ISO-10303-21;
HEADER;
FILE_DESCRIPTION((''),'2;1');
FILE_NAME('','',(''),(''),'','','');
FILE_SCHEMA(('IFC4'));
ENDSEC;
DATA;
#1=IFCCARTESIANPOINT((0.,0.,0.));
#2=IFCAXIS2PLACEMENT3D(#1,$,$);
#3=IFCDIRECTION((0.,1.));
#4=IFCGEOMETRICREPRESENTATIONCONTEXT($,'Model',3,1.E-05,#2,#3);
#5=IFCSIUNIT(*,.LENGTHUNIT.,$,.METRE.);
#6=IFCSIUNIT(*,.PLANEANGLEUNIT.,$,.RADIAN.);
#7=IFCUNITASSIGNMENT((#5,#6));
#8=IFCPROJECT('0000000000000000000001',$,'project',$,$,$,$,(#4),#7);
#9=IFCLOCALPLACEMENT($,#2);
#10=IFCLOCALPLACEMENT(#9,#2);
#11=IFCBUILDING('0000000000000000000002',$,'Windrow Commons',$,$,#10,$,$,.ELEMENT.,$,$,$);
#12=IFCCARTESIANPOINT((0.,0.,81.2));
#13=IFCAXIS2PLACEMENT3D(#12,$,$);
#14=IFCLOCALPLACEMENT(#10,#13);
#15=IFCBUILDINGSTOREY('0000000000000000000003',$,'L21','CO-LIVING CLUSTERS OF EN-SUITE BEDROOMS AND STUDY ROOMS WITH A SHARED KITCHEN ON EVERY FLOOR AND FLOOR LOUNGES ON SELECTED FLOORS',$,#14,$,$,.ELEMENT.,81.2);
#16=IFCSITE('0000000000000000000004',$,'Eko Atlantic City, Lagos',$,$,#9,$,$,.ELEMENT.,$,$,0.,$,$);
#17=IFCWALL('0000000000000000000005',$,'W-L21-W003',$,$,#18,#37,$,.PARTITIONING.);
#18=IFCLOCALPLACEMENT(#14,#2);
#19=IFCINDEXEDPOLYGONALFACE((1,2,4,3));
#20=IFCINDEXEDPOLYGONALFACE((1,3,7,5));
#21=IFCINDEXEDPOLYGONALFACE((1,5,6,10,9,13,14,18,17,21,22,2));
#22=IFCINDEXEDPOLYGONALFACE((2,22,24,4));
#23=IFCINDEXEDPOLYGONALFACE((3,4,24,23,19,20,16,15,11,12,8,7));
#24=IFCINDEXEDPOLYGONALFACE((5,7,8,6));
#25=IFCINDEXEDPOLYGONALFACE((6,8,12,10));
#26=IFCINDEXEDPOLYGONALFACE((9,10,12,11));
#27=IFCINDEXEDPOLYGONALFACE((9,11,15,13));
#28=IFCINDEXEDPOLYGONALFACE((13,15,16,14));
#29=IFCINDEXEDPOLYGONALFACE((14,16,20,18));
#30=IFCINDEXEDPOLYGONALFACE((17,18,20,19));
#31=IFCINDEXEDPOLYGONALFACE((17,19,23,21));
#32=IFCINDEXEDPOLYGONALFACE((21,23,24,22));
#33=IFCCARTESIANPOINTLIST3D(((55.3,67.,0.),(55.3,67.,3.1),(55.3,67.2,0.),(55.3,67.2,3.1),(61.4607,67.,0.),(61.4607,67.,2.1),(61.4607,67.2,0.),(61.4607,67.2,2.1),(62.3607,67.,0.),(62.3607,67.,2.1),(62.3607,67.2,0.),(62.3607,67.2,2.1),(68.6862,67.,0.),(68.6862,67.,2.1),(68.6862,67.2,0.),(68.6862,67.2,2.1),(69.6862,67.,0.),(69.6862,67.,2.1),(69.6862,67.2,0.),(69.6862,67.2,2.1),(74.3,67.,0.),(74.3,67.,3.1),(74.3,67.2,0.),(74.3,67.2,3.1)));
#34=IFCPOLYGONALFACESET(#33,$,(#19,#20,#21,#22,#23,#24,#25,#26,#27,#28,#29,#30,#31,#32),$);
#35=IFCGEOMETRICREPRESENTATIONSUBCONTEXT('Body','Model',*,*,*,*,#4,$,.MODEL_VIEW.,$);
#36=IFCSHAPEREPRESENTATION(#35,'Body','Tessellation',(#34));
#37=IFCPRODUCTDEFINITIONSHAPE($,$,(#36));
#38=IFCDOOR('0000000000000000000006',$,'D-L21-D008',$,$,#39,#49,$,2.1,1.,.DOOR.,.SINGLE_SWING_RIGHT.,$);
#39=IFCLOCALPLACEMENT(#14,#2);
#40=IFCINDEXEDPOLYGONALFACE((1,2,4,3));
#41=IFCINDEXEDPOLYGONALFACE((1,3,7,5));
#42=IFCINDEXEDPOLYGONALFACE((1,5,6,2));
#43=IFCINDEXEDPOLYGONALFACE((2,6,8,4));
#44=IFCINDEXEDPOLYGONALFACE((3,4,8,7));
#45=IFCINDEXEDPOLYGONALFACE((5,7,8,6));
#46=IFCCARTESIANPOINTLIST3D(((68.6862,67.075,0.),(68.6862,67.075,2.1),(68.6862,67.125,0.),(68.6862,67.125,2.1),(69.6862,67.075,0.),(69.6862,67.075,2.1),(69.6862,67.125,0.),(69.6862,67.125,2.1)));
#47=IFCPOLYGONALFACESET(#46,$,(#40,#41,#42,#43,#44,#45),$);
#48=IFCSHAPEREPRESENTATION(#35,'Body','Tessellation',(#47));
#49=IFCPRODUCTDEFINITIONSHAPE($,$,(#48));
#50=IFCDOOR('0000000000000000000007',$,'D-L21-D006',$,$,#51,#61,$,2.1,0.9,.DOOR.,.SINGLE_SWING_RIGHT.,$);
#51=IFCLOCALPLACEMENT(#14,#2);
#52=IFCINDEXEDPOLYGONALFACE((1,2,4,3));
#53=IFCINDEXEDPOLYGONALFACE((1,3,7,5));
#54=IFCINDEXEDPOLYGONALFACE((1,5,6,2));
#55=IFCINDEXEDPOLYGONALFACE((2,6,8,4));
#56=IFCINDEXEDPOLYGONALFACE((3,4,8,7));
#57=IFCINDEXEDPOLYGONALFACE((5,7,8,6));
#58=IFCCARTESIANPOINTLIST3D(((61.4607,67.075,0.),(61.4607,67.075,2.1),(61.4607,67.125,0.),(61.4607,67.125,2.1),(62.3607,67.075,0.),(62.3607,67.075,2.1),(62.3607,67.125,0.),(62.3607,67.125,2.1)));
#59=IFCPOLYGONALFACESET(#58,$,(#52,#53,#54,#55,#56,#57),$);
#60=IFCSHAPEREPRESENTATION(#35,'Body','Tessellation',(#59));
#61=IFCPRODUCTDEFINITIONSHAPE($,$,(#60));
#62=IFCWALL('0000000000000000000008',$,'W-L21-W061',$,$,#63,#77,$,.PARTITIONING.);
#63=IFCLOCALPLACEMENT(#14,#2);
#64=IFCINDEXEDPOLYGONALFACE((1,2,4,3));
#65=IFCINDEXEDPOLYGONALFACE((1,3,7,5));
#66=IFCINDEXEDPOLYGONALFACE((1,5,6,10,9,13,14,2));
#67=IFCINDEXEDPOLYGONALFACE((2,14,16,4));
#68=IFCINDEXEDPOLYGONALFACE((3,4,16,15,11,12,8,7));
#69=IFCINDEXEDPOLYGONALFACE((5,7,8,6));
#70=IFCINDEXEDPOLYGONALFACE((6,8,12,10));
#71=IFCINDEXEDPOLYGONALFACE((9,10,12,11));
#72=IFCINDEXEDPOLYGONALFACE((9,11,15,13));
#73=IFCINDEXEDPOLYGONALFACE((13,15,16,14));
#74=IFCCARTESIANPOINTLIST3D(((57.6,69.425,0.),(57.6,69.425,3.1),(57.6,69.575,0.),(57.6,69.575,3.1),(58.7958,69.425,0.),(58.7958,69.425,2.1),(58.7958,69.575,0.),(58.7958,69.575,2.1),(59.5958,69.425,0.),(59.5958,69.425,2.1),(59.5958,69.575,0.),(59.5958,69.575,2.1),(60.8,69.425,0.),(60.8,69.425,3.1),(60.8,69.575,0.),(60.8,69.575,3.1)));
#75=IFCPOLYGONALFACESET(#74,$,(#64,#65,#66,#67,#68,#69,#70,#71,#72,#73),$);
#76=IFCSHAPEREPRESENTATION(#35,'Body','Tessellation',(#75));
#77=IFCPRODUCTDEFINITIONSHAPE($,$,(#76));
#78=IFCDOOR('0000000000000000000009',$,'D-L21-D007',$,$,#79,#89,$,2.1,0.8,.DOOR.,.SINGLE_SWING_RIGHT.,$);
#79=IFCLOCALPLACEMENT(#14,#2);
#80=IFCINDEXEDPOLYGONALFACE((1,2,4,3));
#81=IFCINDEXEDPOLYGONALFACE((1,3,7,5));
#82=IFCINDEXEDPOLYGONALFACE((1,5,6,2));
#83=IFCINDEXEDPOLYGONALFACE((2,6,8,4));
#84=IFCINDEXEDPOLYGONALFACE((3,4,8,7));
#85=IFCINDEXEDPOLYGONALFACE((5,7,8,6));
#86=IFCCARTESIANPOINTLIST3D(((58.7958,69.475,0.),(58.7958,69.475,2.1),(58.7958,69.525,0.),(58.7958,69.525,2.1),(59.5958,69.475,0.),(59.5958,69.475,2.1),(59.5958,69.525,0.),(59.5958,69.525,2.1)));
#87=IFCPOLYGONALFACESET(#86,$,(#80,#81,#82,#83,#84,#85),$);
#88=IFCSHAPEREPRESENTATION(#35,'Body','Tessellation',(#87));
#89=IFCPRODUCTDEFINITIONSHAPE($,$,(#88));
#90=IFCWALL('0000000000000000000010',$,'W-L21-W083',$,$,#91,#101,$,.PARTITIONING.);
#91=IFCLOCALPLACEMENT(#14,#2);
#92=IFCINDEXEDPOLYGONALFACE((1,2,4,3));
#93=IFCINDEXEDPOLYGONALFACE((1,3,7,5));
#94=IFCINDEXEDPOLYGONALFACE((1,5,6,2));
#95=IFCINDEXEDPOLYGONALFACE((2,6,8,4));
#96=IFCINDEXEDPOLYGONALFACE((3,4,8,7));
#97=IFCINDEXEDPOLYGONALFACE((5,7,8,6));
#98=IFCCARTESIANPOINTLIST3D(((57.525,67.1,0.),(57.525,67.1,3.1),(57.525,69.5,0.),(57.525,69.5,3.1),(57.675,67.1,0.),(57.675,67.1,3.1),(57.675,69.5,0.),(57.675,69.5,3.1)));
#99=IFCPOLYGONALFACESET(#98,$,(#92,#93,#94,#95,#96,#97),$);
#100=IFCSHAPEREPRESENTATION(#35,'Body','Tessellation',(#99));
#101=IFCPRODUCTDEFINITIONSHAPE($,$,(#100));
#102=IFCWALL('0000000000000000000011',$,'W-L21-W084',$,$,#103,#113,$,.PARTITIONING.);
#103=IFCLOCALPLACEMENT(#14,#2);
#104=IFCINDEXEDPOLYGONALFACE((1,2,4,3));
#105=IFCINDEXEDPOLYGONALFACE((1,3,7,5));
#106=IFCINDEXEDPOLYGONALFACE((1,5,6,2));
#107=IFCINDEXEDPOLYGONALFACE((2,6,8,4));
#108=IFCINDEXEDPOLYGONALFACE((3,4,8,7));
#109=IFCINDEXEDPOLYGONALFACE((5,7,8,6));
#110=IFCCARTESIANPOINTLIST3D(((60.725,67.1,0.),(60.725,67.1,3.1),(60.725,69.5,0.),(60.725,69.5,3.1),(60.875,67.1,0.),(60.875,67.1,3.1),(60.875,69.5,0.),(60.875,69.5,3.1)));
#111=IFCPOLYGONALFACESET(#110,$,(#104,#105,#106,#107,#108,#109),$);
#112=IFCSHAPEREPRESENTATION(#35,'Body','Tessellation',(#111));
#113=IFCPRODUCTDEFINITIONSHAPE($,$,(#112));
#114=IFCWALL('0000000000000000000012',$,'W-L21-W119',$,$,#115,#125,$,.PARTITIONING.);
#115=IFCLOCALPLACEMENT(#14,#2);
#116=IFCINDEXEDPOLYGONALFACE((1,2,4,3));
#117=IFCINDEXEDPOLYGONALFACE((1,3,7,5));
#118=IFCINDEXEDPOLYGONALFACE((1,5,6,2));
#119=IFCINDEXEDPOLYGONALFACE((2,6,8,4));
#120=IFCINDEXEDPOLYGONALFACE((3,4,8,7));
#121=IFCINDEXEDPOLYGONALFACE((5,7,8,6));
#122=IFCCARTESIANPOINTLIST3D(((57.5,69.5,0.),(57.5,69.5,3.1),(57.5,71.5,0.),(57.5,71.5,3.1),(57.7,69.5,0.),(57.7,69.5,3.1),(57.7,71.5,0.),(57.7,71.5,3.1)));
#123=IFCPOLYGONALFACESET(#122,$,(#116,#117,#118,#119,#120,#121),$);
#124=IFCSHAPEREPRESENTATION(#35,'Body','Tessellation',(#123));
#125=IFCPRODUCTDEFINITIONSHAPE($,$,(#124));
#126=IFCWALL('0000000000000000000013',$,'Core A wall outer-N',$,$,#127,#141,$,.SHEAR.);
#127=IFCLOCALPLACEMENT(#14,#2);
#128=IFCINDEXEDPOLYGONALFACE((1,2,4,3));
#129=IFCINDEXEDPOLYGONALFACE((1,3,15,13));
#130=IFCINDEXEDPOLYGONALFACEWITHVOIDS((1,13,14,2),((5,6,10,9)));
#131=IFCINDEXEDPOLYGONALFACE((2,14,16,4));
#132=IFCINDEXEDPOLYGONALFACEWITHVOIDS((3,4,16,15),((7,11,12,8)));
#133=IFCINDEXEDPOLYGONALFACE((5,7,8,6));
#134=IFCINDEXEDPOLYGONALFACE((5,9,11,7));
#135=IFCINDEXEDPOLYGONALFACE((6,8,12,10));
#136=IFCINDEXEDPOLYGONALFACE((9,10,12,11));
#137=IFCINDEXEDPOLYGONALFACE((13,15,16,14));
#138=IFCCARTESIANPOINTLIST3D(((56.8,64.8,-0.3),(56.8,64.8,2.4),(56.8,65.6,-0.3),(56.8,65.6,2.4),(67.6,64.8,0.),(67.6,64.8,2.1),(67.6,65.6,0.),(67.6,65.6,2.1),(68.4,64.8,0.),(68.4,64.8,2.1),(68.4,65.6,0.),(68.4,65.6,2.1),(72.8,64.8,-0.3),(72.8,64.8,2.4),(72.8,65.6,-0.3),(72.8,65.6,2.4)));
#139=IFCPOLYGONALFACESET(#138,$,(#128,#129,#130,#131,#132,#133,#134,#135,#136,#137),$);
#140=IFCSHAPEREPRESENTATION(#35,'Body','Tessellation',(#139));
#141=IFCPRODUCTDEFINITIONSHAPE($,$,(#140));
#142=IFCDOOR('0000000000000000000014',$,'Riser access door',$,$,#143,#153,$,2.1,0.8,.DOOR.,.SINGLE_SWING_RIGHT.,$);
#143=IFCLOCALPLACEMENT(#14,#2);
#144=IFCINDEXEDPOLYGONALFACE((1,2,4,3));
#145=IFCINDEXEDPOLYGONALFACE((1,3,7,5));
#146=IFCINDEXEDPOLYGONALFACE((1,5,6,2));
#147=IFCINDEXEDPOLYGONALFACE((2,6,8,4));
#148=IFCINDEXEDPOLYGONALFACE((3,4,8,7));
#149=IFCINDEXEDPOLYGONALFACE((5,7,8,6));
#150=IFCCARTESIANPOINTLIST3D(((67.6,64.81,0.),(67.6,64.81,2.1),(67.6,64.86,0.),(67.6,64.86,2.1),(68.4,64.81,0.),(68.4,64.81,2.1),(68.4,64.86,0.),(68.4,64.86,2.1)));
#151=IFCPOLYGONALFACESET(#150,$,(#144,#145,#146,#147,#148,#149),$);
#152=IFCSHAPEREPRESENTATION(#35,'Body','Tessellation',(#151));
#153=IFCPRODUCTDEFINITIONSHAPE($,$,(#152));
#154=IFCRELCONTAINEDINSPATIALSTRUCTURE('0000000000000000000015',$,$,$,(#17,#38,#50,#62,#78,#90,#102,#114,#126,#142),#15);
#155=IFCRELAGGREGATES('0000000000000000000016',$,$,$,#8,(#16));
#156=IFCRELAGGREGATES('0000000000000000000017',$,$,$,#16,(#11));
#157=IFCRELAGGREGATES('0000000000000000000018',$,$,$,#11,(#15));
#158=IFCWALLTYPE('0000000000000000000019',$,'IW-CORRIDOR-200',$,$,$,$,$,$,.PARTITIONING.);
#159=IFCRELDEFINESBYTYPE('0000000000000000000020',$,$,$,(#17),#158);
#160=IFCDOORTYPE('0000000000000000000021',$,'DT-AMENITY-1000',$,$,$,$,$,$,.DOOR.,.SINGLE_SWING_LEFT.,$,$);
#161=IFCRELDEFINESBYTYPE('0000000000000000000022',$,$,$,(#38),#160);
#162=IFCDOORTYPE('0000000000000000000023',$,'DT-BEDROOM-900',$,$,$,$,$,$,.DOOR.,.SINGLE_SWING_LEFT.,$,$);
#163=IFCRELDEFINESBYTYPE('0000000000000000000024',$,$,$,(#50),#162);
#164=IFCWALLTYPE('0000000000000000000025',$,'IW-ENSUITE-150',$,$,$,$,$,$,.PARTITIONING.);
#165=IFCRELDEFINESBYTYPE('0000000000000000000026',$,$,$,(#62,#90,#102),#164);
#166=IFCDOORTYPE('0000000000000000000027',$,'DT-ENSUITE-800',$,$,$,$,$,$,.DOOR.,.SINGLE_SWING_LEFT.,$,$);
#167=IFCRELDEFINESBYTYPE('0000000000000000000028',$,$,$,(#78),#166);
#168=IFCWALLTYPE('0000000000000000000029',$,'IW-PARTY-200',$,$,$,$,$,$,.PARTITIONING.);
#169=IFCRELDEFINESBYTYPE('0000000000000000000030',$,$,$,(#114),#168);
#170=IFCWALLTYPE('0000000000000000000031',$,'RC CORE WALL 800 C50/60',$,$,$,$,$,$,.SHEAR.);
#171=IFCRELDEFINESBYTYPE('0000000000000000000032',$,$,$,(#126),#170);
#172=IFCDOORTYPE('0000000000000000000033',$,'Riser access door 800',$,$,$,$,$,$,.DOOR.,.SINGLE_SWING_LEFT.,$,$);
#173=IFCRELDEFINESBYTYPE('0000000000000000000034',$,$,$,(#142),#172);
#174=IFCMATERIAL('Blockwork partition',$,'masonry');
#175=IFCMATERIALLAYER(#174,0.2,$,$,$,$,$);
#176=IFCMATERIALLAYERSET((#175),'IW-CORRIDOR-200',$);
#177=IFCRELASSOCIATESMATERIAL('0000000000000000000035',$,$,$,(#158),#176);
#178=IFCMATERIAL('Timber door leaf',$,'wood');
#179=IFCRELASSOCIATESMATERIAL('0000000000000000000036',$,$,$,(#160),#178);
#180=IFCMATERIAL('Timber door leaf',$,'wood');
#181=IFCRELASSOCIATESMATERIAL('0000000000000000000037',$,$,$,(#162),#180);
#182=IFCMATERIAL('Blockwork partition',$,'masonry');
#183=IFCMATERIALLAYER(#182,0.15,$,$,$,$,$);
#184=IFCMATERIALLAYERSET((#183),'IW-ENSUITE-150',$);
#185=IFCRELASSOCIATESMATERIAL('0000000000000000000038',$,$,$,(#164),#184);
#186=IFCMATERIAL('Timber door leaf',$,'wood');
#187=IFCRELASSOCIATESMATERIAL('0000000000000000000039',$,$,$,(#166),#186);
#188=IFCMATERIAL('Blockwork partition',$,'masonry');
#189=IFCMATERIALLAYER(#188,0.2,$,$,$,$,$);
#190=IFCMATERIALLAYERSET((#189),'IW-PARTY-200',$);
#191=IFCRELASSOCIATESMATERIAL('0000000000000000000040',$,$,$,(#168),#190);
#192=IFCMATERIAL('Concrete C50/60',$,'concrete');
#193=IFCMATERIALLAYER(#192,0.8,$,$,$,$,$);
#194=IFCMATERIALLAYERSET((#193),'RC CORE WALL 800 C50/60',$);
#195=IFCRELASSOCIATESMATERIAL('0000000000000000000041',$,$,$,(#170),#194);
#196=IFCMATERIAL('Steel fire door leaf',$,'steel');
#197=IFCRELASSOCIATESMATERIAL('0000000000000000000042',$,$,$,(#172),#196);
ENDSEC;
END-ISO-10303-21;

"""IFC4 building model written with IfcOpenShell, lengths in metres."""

from ifc_helpers import new_model, si_unit, direction, frame, frame_2d, origin, place, context, subcontext, project, spatial, rectangle, extrude, material, layer, layer_set, type_object, element, fill, save


model = new_model("IFC4")

# Units and contexts
model_context = context("Model", 3, precision=1e-05, world=origin(), true_north=direction((0.0, 1.0)))
body_context = subcontext(model_context, "Body", "Model", "MODEL_VIEW")
ifc_project = project(units=[si_unit("LENGTHUNIT", "METRE"), si_unit("PLANEANGLEUNIT", "RADIAN")], contexts=[model_context])

# Site, building, storey
site_placement = place(None, origin())
site = spatial("IfcSite", under=ifc_project, at=site_placement, Name="Eko Atlantic City, Lagos", CompositionType="ELEMENT", RefElevation=0.0)
building_placement = place(site_placement, origin())
building = spatial("IfcBuilding", under=site, at=building_placement, Name="Windrow Commons", CompositionType="ELEMENT")
storey_placement = place(building_placement, frame((0.0, 0.0, 81.2)))
storey = spatial("IfcBuildingStorey", under=building, at=storey_placement, Name="L21", Description="CO-LIVING CLUSTERS OF EN-SUITE BEDROOMS AND STUDY ROOMS WITH A SHARED KITCHEN ON EVERY FLOOR AND FLOOR LOUNGES ON SELECTED FLOORS", CompositionType="ELEMENT", Elevation=81.2)

# Wall, openings, doors
ifc_material_1 = material(Name="Blockwork partition", Category="masonry")
ifc_layer_1 = layer(ifc_material_1, 0.2)
ifc_layer_set_1 = layer_set([ifc_layer_1], Name="IW-CORRIDOR-200")
wall_type_1 = type_object("IfcWallType", Name="IW-CORRIDOR-200", PredefinedType="PARTITIONING", material=ifc_layer_set_1)
wall_1_placement = place(storey_placement, frame((55.3, 67.1, 0.0), z_axis=(0.0, 0.0, 1.0), x_axis=(1.0, 0.0, 0.0)))
wall_1 = element("IfcWall", 1, at=wall_1_placement, inside=storey, type_object=wall_type_1, Name="W-L21-W003", PredefinedType="PARTITIONING", context=body_context, shape_type="SweptSolid", body=[
    extrude(rectangle(XDim=19.0, YDim=0.2, at=frame_2d((9.5, 0.0))), origin(), (0.0, 0.0, 1.0), 3.1),
])
opening_1_placement = place(wall_1_placement, frame((6.1607, 0.0, 0.0)))
opening_1 = element("IfcOpeningElement", 2, at=opening_1_placement, cuts=wall_1, PredefinedType="OPENING", context=body_context, shape_type="SweptSolid", body=[
    extrude(rectangle(XDim=0.9, YDim=2.1, at=frame_2d((0.45, 1.05))), frame((0.0, 0.11, 0.0), z_axis=(0.0, -1.0, 0.0), x_axis=(1.0, 0.0, 0.0)), (0.0, 0.0, 1.0), 0.22),
])
opening_2_placement = place(wall_1_placement, frame((13.3862, 0.0, 0.0)))
opening_2 = element("IfcOpeningElement", 3, at=opening_2_placement, cuts=wall_1, PredefinedType="OPENING", context=body_context, shape_type="SweptSolid", body=[
    extrude(rectangle(XDim=1.0, YDim=2.1, at=frame_2d((0.5, 1.05))), frame((0.0, 0.11, 0.0), z_axis=(0.0, -1.0, 0.0), x_axis=(1.0, 0.0, 0.0)), (0.0, 0.0, 1.0), 0.22),
])
ifc_material_2 = material(Name="Timber door leaf", Category="wood")
door_type_1 = type_object("IfcDoorType", Name="DT-AMENITY-1000", OperationType="SINGLE_SWING_LEFT", PredefinedType="DOOR", material=ifc_material_2)
door_1_placement = place(opening_2_placement, origin())
door_1 = element("IfcDoor", 4, at=door_1_placement, inside=storey, type_object=door_type_1, Name="D-L21-D008", OperationType="SINGLE_SWING_RIGHT", OverallHeight=2.1, OverallWidth=1.0, PredefinedType="DOOR", context=body_context, shape_type="SweptSolid", body=[
    extrude(rectangle(XDim=1.0, YDim=2.1, at=frame_2d((0.5, 1.05))), frame((0.0, 0.025, 0.0), z_axis=(0.0, -1.0, 0.0), x_axis=(1.0, 0.0, 0.0)), (0.0, 0.0, 1.0), 0.05),
])
fill(opening_2, door_1)
ifc_material_3 = material(Name="Timber door leaf", Category="wood")
door_type_2 = type_object("IfcDoorType", Name="DT-BEDROOM-900", OperationType="SINGLE_SWING_LEFT", PredefinedType="DOOR", material=ifc_material_3)
door_2_placement = place(opening_1_placement, origin())
door_2 = element("IfcDoor", 5, at=door_2_placement, inside=storey, type_object=door_type_2, Name="D-L21-D006", OperationType="SINGLE_SWING_RIGHT", OverallHeight=2.1, OverallWidth=0.9, PredefinedType="DOOR", context=body_context, shape_type="SweptSolid", body=[
    extrude(rectangle(XDim=0.9, YDim=2.1, at=frame_2d((0.45, 1.05))), frame((0.0, 0.025, 0.0), z_axis=(0.0, -1.0, 0.0), x_axis=(1.0, 0.0, 0.0)), (0.0, 0.0, 1.0), 0.05),
])
fill(opening_1, door_2)

# Wall, opening, door
ifc_material_4 = material(Name="Blockwork partition", Category="masonry")
ifc_layer_2 = layer(ifc_material_4, 0.15)
ifc_layer_set_2 = layer_set([ifc_layer_2], Name="IW-ENSUITE-150")
wall_type_2 = type_object("IfcWallType", Name="IW-ENSUITE-150", PredefinedType="PARTITIONING", material=ifc_layer_set_2)
wall_2_placement = place(storey_placement, frame((57.6, 69.5, 0.0), z_axis=(0.0, 0.0, 1.0), x_axis=(1.0, 0.0, 0.0)))
wall_2 = element("IfcWall", 6, at=wall_2_placement, inside=storey, type_object=wall_type_2, Name="W-L21-W061", PredefinedType="PARTITIONING", context=body_context, shape_type="SweptSolid", body=[
    extrude(rectangle(XDim=3.2, YDim=0.15, at=frame_2d((1.6, 0.0))), origin(), (0.0, 0.0, 1.0), 3.1),
])
opening_3_placement = place(wall_2_placement, frame((1.1958, 0.0, 0.0)))
opening_3 = element("IfcOpeningElement", 7, at=opening_3_placement, cuts=wall_2, PredefinedType="OPENING", context=body_context, shape_type="SweptSolid", body=[
    extrude(rectangle(XDim=0.8, YDim=2.1, at=frame_2d((0.4, 1.05))), frame((0.0, 0.085, 0.0), z_axis=(0.0, -1.0, 0.0), x_axis=(1.0, 0.0, 0.0)), (0.0, 0.0, 1.0), 0.17),
])
ifc_material_5 = material(Name="Timber door leaf", Category="wood")
door_type_3 = type_object("IfcDoorType", Name="DT-ENSUITE-800", OperationType="SINGLE_SWING_LEFT", PredefinedType="DOOR", material=ifc_material_5)
door_3_placement = place(opening_3_placement, origin())
door_3 = element("IfcDoor", 8, at=door_3_placement, inside=storey, type_object=door_type_3, Name="D-L21-D007", OperationType="SINGLE_SWING_RIGHT", OverallHeight=2.1, OverallWidth=0.8, PredefinedType="DOOR", context=body_context, shape_type="SweptSolid", body=[
    extrude(rectangle(XDim=0.8, YDim=2.1, at=frame_2d((0.4, 1.05))), frame((0.0, 0.025, 0.0), z_axis=(0.0, -1.0, 0.0), x_axis=(1.0, 0.0, 0.0)), (0.0, 0.0, 1.0), 0.05),
])
fill(opening_3, door_3)

# Walls
for number, where, z_axis, x_axis, name in (
    (9, (57.6, 67.1, 0.0), (0.0, 0.0, 1.0), (0.0, 1.0, 0.0), "W-L21-W083"),
    (10, (60.8, 67.1, 0.0), (0.0, 0.0, 1.0), (0.0, 1.0, 0.0), "W-L21-W084"),
):
    element("IfcWall", number, at=place(storey_placement, frame(where, z_axis=z_axis, x_axis=x_axis)), inside=storey, type_object=wall_type_2, Name=name, PredefinedType="PARTITIONING", context=body_context, shape_type="SweptSolid", body=[
        extrude(rectangle(XDim=2.4, YDim=0.15, at=frame_2d((1.2, 0.0))), origin(), (0.0, 0.0, 1.0), 3.1),
    ])
ifc_material_6 = material(Name="Blockwork partition", Category="masonry")
ifc_layer_3 = layer(ifc_material_6, 0.2)
ifc_layer_set_3 = layer_set([ifc_layer_3], Name="IW-PARTY-200")
wall_type_3 = type_object("IfcWallType", Name="IW-PARTY-200", PredefinedType="PARTITIONING", material=ifc_layer_set_3)
wall_3_placement = place(storey_placement, frame((57.6, 69.5, 0.0), z_axis=(0.0, 0.0, 1.0), x_axis=(0.0, 1.0, 0.0)))
element("IfcWall", 11, at=wall_3_placement, inside=storey, type_object=wall_type_3, Name="W-L21-W119", PredefinedType="PARTITIONING", context=body_context, shape_type="SweptSolid", body=[
    extrude(rectangle(XDim=2.0, YDim=0.2, at=frame_2d((1.0, 0.0))), origin(), (0.0, 0.0, 1.0), 3.1),
])

# Wall, opening, door
ifc_material_7 = material(Name="Concrete C50/60", Category="concrete")
ifc_layer_4 = layer(ifc_material_7, 0.8)
ifc_layer_set_4 = layer_set([ifc_layer_4], Name="RC CORE WALL 800 C50/60")
wall_type_4 = type_object("IfcWallType", Name="RC CORE WALL 800 C50/60", PredefinedType="SHEAR", material=ifc_layer_set_4)
wall_4_placement = place(storey_placement, frame((56.8, 65.2, -0.3), z_axis=(0.0, 0.0, 1.0), x_axis=(1.0, 0.0, 0.0)))
wall_4 = element("IfcWall", 12, at=wall_4_placement, inside=storey, type_object=wall_type_4, Name="Core A wall outer-N", PredefinedType="SHEAR", context=body_context, shape_type="SweptSolid", body=[
    extrude(rectangle(XDim=16.0, YDim=0.8, at=frame_2d((8.0, 0.0))), origin(), (0.0, 0.0, 1.0), 2.7),
])
opening_4_placement = place(wall_4_placement, frame((10.8, 0.0, 0.3)))
opening_4 = element("IfcOpeningElement", 13, at=opening_4_placement, cuts=wall_4, PredefinedType="OPENING", context=body_context, shape_type="SweptSolid", body=[
    extrude(rectangle(XDim=0.8, YDim=2.1, at=frame_2d((0.4, 1.05))), frame((0.0, 0.41, 0.0), z_axis=(0.0, -1.0, 0.0), x_axis=(1.0, 0.0, 0.0)), (0.0, 0.0, 1.0), 0.82),
])
ifc_material_8 = material(Name="Steel fire door leaf", Category="steel")
door_type_4 = type_object("IfcDoorType", Name="Riser access door 800", OperationType="SINGLE_SWING_LEFT", PredefinedType="DOOR", material=ifc_material_8)
door_4_placement = place(opening_4_placement, origin())
door_4 = element("IfcDoor", 14, at=door_4_placement, inside=storey, type_object=door_type_4, Name="Riser access door", OperationType="SINGLE_SWING_RIGHT", OverallHeight=2.1, OverallWidth=0.8, PredefinedType="DOOR", context=body_context, shape_type="SweptSolid", body=[
    extrude(rectangle(XDim=0.8, YDim=2.1, at=frame_2d((0.4, 1.05))), frame((0.0, -0.34, 0.0), z_axis=(0.0, -1.0, 0.0), x_axis=(1.0, 0.0, 0.0)), (0.0, 0.0, 1.0), 0.05),
])
fill(opening_4, door_4)

save(model, "model.ifc")
